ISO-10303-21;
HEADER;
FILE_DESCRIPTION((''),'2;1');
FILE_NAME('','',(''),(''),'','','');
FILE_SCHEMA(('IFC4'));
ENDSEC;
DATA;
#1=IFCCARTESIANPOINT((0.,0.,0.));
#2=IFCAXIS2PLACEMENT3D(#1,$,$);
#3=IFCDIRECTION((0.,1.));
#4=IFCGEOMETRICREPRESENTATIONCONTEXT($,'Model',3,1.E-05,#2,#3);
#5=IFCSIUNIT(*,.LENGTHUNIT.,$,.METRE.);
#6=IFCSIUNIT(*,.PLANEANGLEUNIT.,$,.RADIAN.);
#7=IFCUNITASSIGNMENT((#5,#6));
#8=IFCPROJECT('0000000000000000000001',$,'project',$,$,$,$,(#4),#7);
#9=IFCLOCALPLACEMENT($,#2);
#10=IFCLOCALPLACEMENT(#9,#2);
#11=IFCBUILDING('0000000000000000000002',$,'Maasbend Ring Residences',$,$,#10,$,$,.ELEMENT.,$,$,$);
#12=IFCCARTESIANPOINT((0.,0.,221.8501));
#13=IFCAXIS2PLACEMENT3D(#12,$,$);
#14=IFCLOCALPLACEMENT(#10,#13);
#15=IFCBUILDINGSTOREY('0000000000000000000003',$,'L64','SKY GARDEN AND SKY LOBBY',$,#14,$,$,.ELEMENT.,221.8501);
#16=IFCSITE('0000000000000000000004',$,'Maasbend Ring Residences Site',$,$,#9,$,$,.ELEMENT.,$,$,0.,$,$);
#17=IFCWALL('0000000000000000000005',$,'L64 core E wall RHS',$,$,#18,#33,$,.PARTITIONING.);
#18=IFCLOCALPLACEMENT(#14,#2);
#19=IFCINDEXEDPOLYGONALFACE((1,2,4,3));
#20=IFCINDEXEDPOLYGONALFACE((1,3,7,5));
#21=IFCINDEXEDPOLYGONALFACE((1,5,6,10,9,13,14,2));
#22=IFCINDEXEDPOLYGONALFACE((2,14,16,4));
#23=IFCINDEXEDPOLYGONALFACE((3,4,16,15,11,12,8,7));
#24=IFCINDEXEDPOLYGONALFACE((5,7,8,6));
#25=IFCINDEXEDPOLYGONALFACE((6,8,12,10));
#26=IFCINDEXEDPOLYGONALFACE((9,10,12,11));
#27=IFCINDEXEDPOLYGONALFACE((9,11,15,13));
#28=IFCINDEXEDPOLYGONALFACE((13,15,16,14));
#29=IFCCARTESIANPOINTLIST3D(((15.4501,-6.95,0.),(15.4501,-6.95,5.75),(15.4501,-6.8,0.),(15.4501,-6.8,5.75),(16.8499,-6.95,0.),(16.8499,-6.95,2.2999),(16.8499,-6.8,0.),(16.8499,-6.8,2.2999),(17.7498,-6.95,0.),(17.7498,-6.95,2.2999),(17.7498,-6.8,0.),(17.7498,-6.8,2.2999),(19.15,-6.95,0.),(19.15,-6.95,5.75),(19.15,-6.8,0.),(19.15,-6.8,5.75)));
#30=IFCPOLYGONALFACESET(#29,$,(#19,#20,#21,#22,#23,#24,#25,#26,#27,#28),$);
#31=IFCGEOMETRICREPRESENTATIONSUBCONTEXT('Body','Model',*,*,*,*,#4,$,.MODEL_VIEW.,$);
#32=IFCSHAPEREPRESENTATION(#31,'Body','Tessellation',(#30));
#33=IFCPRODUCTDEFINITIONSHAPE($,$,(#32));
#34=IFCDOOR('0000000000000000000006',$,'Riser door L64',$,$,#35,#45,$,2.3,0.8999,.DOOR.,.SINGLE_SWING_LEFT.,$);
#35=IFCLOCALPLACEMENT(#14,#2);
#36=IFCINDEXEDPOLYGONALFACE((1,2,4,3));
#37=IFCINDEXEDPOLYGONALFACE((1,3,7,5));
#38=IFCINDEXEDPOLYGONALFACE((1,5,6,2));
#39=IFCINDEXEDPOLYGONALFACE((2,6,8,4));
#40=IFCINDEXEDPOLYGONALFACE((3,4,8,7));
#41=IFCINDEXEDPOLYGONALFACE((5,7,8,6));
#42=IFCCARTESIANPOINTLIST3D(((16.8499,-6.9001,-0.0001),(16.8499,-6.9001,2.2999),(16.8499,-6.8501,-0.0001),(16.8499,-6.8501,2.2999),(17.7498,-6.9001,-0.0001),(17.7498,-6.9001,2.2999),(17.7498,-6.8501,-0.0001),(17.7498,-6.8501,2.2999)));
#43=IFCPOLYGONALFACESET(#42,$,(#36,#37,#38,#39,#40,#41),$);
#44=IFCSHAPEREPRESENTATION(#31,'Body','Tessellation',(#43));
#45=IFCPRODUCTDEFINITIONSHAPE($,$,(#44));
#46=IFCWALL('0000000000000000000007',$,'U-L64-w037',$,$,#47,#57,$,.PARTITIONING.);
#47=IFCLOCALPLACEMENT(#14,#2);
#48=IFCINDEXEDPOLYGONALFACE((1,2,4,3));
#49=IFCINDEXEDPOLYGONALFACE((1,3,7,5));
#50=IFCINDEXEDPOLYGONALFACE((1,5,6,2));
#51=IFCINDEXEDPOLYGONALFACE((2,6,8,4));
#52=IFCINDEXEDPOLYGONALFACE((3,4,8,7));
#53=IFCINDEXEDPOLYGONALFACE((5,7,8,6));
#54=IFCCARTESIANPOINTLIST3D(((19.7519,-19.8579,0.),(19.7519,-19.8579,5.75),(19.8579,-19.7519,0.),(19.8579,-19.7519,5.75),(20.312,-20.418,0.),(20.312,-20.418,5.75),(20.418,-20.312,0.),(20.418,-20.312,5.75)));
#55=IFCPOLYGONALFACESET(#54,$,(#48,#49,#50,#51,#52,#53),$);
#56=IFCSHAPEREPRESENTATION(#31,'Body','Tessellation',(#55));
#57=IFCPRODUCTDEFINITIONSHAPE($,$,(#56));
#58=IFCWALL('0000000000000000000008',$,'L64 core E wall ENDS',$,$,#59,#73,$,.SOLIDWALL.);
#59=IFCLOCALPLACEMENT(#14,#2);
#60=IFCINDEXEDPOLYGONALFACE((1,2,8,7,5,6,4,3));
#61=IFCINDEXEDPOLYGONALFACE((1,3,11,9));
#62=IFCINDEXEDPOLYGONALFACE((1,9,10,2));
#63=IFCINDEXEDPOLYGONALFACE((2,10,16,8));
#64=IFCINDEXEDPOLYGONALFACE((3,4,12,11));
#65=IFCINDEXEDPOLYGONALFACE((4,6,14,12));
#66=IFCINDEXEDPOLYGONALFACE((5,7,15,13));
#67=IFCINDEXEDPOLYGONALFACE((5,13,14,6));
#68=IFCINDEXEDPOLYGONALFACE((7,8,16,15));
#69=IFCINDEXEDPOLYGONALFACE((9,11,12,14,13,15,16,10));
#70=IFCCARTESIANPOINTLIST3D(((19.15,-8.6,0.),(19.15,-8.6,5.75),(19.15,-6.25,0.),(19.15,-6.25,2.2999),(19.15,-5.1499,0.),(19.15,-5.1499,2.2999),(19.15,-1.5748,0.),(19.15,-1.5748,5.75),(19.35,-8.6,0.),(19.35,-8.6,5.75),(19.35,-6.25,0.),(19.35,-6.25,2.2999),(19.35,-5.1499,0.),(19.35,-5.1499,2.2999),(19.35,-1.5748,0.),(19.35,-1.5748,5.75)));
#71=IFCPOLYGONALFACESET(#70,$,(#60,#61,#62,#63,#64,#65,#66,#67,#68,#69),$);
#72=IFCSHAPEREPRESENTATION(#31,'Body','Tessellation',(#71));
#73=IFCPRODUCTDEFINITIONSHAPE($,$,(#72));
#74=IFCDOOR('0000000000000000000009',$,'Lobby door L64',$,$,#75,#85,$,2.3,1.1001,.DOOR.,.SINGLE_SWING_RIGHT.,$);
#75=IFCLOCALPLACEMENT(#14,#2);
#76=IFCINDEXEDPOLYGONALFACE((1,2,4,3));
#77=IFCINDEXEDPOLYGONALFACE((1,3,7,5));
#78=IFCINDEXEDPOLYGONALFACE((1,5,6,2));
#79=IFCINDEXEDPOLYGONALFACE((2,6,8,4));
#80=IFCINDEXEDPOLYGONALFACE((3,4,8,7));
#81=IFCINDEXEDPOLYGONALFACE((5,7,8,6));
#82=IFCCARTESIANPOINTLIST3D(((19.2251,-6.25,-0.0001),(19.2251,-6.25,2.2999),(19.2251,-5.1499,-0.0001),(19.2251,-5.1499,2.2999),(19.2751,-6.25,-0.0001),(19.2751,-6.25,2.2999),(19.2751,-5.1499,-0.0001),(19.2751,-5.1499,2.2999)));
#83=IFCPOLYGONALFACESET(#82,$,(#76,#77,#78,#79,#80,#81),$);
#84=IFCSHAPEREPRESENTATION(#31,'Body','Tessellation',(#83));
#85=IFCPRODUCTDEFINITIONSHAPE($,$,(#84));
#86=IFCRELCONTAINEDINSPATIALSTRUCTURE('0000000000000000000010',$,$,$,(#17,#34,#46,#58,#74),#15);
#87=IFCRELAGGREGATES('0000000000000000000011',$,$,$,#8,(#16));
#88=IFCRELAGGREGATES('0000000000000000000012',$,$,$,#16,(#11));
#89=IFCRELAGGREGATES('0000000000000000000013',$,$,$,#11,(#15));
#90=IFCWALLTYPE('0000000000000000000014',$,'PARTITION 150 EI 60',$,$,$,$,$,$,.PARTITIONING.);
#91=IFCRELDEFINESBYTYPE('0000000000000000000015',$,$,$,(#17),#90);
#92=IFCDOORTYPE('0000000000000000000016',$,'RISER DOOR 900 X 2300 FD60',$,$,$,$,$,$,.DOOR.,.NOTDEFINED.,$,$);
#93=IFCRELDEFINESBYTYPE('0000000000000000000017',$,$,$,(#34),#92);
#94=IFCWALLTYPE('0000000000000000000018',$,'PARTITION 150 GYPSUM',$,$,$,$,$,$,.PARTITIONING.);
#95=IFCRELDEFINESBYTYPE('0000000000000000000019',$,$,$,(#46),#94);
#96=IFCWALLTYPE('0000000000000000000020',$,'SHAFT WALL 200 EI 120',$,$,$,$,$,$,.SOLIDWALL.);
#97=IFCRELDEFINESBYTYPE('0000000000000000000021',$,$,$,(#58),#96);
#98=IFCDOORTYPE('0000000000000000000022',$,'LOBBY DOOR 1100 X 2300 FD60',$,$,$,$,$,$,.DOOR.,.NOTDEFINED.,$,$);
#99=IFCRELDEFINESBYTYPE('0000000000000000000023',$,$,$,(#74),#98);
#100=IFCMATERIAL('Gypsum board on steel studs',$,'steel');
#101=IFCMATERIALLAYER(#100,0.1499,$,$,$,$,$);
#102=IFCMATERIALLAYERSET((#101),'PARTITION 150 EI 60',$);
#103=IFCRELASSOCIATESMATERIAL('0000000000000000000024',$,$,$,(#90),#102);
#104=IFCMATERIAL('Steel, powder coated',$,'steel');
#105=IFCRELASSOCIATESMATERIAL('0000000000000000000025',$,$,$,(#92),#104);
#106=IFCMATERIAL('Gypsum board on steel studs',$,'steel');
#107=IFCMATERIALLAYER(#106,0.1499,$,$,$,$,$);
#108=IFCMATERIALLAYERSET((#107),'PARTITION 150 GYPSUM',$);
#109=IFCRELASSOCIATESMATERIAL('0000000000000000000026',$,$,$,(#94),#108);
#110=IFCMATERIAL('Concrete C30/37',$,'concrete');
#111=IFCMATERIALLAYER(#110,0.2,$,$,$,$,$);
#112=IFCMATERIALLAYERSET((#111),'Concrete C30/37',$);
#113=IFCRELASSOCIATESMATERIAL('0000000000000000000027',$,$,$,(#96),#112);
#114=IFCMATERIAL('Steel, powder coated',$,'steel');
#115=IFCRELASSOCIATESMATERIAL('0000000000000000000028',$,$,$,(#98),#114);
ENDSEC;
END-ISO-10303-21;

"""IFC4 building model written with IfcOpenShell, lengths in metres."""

from ifc_helpers import new_model, si_unit, direction, frame, frame_2d, origin, place, context, subcontext, project, spatial, rectangle, extrude, material, layer, layer_set, type_object, element, fill, save


model = new_model("IFC4")

# Units and contexts
model_context = context("Model", 3, precision=1e-05, world=origin(), true_north=direction((0.0, 1.0)))
body_context = subcontext(model_context, "Body", "Model", "MODEL_VIEW")
ifc_project = project(units=[si_unit("LENGTHUNIT", "METRE"), si_unit("PLANEANGLEUNIT", "RADIAN")], contexts=[model_context])

# Site, building, storey
site_placement = place(None, origin())
site = spatial("IfcSite", under=ifc_project, at=site_placement, Name="Maasbend Ring Residences Site", CompositionType="ELEMENT", RefElevation=0.0)
building_placement = place(site_placement, origin())
building = spatial("IfcBuilding", under=site, at=building_placement, Name="Maasbend Ring Residences", CompositionType="ELEMENT")
storey_placement = place(building_placement, frame((0.0, 0.0, 221.8501)))
storey = spatial("IfcBuildingStorey", under=building, at=storey_placement, Name="L64", Description="SKY GARDEN AND SKY LOBBY", CompositionType="ELEMENT", Elevation=221.8501)

# Wall, opening, door
ifc_material_1 = material(Name="Gypsum board on steel studs", Category="steel")
ifc_layer_1 = layer(ifc_material_1, 0.1499)
ifc_layer_set_1 = layer_set([ifc_layer_1], Name="PARTITION 150 EI 60")
wall_type_1 = type_object("IfcWallType", Name="PARTITION 150 EI 60", PredefinedType="PARTITIONING", material=ifc_layer_set_1)
wall_1_placement = place(storey_placement, frame((15.45, -6.875, 0.0), z_axis=(0.0, 0.0, 1.0), x_axis=(1.0, 0.0, 0.0)))
wall_1 = element("IfcWall", 1, at=wall_1_placement, inside=storey, type_object=wall_type_1, Name="L64 core E wall RHS", PredefinedType="PARTITIONING", context=body_context, shape_type="SweptSolid", body=[
    extrude(rectangle(XDim=3.7, YDim=0.1499, at=frame_2d((1.8501, 0.0))), origin(), (0.0, 0.0, 1.0), 5.75),
])
opening_1_placement = place(wall_1_placement, frame((1.3999, 0.0, 0.0)))
opening_1 = element("IfcOpeningElement", 2, at=opening_1_placement, cuts=wall_1, PredefinedType="OPENING", context=body_context, shape_type="SweptSolid", body=[
    extrude(rectangle(XDim=0.8999, YDim=2.3, at=frame_2d((0.45, 1.1499))), frame((0.0, 0.085, 0.0), z_axis=(0.0, -1.0, 0.0), x_axis=(1.0, 0.0, 0.0)), (0.0, 0.0, 1.0), 0.1699),
])
ifc_material_2 = material(Name="Steel, powder coated", Category="steel")
door_type_1 = type_object("IfcDoorType", Name="RISER DOOR 900 X 2300 FD60", OperationType="NOTDEFINED", PredefinedType="DOOR", material=ifc_material_2)
door_1_placement = place(opening_1_placement, origin())
door_1 = element("IfcDoor", 3, at=door_1_placement, inside=storey, type_object=door_type_1, Name="Riser door L64", OperationType="SINGLE_SWING_LEFT", OverallHeight=2.3, OverallWidth=0.8999, PredefinedType="DOOR", context=body_context, shape_type="SweptSolid", body=[
    extrude(rectangle(XDim=0.8999, YDim=2.3, at=frame_2d((0.45, 1.1499))), frame((0.0, 0.0249, 0.0), z_axis=(0.0, -1.0, 0.0), x_axis=(1.0, 0.0, 0.0)), (0.0, 0.0, 1.0), 0.05),
])
fill(opening_1, door_1)

# Wall
ifc_material_3 = material(Name="Gypsum board on steel studs", Category="steel")
ifc_layer_2 = layer(ifc_material_3, 0.1499)
ifc_layer_set_2 = layer_set([ifc_layer_2], Name="PARTITION 150 GYPSUM")
wall_type_2 = type_object("IfcWallType", Name="PARTITION 150 GYPSUM", PredefinedType="PARTITIONING", material=ifc_layer_set_2)
wall_2_placement = place(storey_placement, frame((19.8049, -19.8049, 0.0), z_axis=(0.0, 0.0, 1.0), x_axis=(0.707107, -0.707107, 0.0)))
element("IfcWall", 4, at=wall_2_placement, inside=storey, type_object=wall_type_2, Name="U-L64-w037", PredefinedType="PARTITIONING", context=body_context, shape_type="SweptSolid", body=[
    extrude(rectangle(XDim=0.792, YDim=0.1499, at=frame_2d((0.396, 0.0))), origin(), (0.0, 0.0, 1.0), 5.75),
])

# Wall, opening, door
ifc_material_4 = material(Name="Concrete C30/37", Category="concrete")
ifc_layer_3 = layer(ifc_material_4, 0.2)
ifc_layer_set_3 = layer_set([ifc_layer_3], Name="Concrete C30/37")
wall_type_3 = type_object("IfcWallType", Name="SHAFT WALL 200 EI 120", PredefinedType="SOLIDWALL", material=ifc_layer_set_3)
wall_3_placement = place(storey_placement, frame((19.25, -8.6001, 0.0), z_axis=(0.0, 0.0, 1.0), x_axis=(0.0, 1.0, 0.0)))
wall_3 = element("IfcWall", 5, at=wall_3_placement, inside=storey, type_object=wall_type_3, Name="L64 core E wall ENDS", PredefinedType="SOLIDWALL", context=body_context, shape_type="SweptSolid", body=[
    extrude(rectangle(XDim=7.0251, YDim=0.2, at=frame_2d((3.5127, 0.0))), origin(), (0.0, 0.0, 1.0), 5.75),
])
opening_2_placement = place(wall_3_placement, frame((2.3501, 0.0, 0.0)))
opening_2 = element("IfcOpeningElement", 6, at=opening_2_placement, cuts=wall_3, PredefinedType="OPENING", context=body_context, shape_type="SweptSolid", body=[
    extrude(rectangle(XDim=1.1001, YDim=2.3, at=frame_2d((0.55, 1.1499))), frame((0.0, 0.1099, 0.0), z_axis=(0.0, -1.0, 0.0), x_axis=(1.0, 0.0, 0.0)), (0.0, 0.0, 1.0), 0.22),
])
ifc_material_5 = material(Name="Steel, powder coated", Category="steel")
door_type_2 = type_object("IfcDoorType", Name="LOBBY DOOR 1100 X 2300 FD60", OperationType="NOTDEFINED", PredefinedType="DOOR", material=ifc_material_5)
door_2_placement = place(opening_2_placement, origin())
door_2 = element("IfcDoor", 7, at=door_2_placement, inside=storey, type_object=door_type_2, Name="Lobby door L64", OperationType="SINGLE_SWING_RIGHT", OverallHeight=2.3, OverallWidth=1.1001, PredefinedType="DOOR", context=body_context, shape_type="SweptSolid", body=[
    extrude(rectangle(XDim=1.1001, YDim=2.3, at=frame_2d((0.55, 1.1499))), frame((0.0, 0.0249, 0.0), z_axis=(0.0, -1.0, 0.0), x_axis=(1.0, 0.0, 0.0)), (0.0, 0.0, 1.0), 0.05),
])
fill(opening_2, door_2)

save(model, "model.ifc")
